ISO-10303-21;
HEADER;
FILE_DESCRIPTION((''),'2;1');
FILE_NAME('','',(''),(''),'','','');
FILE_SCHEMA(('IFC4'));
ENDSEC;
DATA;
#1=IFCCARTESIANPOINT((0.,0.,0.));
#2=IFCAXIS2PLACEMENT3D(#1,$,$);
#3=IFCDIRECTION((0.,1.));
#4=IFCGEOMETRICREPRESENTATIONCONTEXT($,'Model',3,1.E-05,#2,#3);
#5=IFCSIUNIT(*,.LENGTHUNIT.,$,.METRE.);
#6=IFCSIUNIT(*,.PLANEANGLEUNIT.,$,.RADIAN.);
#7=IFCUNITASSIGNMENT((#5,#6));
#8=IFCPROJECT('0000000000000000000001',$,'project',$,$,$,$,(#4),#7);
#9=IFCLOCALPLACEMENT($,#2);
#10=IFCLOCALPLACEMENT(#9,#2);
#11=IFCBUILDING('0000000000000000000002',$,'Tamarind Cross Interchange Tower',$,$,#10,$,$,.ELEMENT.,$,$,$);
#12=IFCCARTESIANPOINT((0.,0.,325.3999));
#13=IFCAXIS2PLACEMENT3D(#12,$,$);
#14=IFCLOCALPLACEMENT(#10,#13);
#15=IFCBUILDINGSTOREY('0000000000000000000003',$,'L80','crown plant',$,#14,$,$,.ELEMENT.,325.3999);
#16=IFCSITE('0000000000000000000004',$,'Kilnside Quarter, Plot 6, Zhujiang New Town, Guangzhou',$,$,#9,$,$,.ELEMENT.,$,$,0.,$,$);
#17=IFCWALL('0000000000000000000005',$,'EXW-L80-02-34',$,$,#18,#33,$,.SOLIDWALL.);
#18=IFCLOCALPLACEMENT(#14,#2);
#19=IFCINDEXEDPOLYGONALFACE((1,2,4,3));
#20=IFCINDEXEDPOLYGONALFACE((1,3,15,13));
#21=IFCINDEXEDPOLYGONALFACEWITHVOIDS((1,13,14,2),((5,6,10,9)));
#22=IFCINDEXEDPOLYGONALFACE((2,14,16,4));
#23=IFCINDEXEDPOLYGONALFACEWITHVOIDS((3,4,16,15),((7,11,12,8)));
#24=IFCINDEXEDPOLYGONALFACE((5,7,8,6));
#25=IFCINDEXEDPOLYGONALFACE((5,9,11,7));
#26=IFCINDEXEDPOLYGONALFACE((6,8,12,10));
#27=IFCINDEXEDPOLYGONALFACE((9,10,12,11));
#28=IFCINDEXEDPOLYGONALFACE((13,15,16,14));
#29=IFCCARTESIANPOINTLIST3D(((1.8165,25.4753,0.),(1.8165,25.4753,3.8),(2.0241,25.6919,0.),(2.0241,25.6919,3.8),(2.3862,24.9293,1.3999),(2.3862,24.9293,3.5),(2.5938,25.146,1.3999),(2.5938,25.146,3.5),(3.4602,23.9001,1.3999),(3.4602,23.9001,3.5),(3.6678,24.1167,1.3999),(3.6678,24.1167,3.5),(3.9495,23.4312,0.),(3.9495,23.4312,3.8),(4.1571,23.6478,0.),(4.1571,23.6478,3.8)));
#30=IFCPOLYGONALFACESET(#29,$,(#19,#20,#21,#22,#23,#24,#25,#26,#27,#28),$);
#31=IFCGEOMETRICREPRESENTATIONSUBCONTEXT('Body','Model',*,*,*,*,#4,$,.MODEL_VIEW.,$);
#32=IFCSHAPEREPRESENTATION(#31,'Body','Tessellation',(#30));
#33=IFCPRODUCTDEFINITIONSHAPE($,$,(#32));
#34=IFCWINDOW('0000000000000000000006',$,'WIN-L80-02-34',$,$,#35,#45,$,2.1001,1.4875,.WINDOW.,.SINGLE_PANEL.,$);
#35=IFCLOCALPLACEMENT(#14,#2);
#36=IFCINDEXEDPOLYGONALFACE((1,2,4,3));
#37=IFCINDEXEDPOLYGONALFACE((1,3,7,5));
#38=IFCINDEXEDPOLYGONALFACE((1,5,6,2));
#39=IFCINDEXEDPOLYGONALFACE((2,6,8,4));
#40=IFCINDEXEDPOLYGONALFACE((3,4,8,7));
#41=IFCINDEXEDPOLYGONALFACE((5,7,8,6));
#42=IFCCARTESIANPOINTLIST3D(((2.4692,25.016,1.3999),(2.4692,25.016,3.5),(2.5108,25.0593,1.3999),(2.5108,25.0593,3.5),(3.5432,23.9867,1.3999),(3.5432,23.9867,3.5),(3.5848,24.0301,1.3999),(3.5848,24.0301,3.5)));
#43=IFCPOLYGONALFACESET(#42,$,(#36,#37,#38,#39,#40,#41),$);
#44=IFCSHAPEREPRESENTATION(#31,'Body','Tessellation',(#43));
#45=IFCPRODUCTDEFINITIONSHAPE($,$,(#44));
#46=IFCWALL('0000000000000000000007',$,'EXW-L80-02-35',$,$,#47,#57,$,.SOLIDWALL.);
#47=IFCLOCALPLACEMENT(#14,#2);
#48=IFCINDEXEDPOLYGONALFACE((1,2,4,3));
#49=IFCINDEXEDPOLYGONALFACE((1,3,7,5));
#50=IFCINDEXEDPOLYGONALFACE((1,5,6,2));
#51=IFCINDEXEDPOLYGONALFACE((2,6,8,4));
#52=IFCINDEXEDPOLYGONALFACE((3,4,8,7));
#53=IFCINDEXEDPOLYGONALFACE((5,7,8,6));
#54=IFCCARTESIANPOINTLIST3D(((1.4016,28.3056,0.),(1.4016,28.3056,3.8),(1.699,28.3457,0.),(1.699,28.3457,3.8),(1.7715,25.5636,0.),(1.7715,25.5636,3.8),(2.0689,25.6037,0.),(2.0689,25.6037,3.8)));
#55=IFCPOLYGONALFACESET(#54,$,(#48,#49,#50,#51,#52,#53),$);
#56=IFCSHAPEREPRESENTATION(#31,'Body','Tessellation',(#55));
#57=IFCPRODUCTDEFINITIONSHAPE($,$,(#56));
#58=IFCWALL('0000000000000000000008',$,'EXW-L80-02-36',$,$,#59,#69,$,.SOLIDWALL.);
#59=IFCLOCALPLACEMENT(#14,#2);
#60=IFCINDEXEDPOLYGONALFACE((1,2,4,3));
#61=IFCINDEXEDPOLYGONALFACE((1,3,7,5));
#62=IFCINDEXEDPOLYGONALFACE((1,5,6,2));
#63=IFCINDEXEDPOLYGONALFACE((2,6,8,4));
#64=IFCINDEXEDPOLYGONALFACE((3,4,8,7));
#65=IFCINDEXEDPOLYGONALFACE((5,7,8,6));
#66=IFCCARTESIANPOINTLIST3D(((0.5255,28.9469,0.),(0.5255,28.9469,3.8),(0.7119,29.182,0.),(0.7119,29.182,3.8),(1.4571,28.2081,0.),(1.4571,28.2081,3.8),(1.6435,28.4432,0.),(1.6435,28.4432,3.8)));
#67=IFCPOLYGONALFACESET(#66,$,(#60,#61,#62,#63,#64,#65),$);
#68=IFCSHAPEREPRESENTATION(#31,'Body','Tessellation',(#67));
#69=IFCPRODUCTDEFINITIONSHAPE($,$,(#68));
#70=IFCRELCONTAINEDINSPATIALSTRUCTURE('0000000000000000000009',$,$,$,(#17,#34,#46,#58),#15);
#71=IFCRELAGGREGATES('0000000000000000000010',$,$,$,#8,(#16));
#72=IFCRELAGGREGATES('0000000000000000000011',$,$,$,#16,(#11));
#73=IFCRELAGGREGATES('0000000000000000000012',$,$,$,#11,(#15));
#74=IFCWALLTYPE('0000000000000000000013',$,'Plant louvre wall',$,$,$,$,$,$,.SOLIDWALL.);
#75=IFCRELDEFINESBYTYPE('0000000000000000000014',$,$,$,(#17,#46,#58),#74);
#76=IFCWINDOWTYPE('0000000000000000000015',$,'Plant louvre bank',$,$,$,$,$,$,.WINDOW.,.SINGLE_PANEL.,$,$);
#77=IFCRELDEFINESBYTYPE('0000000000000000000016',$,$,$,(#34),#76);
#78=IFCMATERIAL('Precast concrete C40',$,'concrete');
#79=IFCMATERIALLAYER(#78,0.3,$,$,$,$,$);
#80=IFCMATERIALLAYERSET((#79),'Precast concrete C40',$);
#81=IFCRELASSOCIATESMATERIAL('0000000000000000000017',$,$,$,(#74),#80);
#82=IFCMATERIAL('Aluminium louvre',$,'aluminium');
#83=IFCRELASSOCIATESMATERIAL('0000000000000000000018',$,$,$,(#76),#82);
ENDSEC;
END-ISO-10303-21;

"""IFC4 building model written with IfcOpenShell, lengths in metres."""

from ifc_helpers import new_model, si_unit, direction, frame, frame_2d, origin, place, context, subcontext, project, spatial, rectangle, extrude, material, layer, layer_set, type_object, element, fill, save


model = new_model("IFC4")

# Units and contexts
model_context = context("Model", 3, precision=1e-05, world=origin(), true_north=direction((0.0, 1.0)))
body_context = subcontext(model_context, "Body", "Model", "MODEL_VIEW")
ifc_project = project(units=[si_unit("LENGTHUNIT", "METRE"), si_unit("PLANEANGLEUNIT", "RADIAN")], contexts=[model_context])

# Site, building, storey
site_placement = place(None, origin())
site = spatial("IfcSite", under=ifc_project, at=site_placement, Name="Kilnside Quarter, Plot 6, Zhujiang New Town, Guangzhou", CompositionType="ELEMENT", RefElevation=0.0)
building_placement = place(site_placement, origin())
building = spatial("IfcBuilding", under=site, at=building_placement, Name="Tamarind Cross Interchange Tower", CompositionType="ELEMENT")
storey_placement = place(building_placement, frame((0.0, 0.0, 325.3999)))
storey = spatial("IfcBuildingStorey", under=building, at=storey_placement, Name="L80", Description="crown plant", CompositionType="ELEMENT", Elevation=325.3999)

# Shared definitions
ifc_material_1 = material(Name="Precast concrete C40", Category="concrete")
ifc_layer_1 = layer(ifc_material_1, 0.3)
ifc_layer_set_1 = layer_set([ifc_layer_1], Name="Precast concrete C40")
wall_type_1 = type_object("IfcWallType", Name="Plant louvre wall", PredefinedType="SOLIDWALL", material=ifc_layer_set_1)
ifc_material_2 = material(Name="Aluminium louvre", Category="aluminium")
window_type = type_object("IfcWindowType", Name="Plant louvre bank", PartitioningType="SINGLE_PANEL", PredefinedType="WINDOW", material=ifc_material_2)

# Wall, opening, window
wall_1_placement = place(storey_placement, frame((4.0532, 23.5396, 0.0), z_axis=(0.0, 0.0, 1.0), x_axis=(-0.721986, 0.691907, 0.0)))
wall_1 = element("IfcWall", 1, at=wall_1_placement, inside=storey, type_object=wall_type_1, Name="EXW-L80-02-34", PredefinedType="SOLIDWALL", context=body_context, shape_type="SweptSolid", body=[
    extrude(rectangle(XDim=2.9543, YDim=0.3, at=frame_2d((1.4771, 0.0))), origin(), (0.0, 0.0, 1.0), 3.8),
])
opening_1_placement = place(wall_1_placement, frame((0.6777, 0.0, 1.3999)))
opening_1 = element("IfcOpeningElement", 2, at=opening_1_placement, cuts=wall_1, PredefinedType="OPENING", context=body_context, shape_type="SweptSolid", body=[
    extrude(rectangle(XDim=1.4875, YDim=2.1001, at=frame_2d((0.7437, 1.05))), frame((0.0, 0.1599, 0.0), z_axis=(0.0, -1.0, 0.0), x_axis=(1.0, 0.0, 0.0)), (0.0, 0.0, 1.0), 0.3201),
])
window_1_placement = place(opening_1_placement, origin())
window_1 = element("IfcWindow", 3, at=window_1_placement, inside=storey, type_object=window_type, Name="WIN-L80-02-34", OverallHeight=2.1001, OverallWidth=1.4875, PartitioningType="SINGLE_PANEL", PredefinedType="WINDOW", context=body_context, shape_type="SweptSolid", body=[
    extrude(rectangle(XDim=1.4875, YDim=2.1001, at=frame_2d((0.7437, 1.05))), frame((0.0, 0.03, 0.0), z_axis=(0.0, -1.0, 0.0), x_axis=(1.0, 0.0, 0.0)), (0.0, 0.0, 1.0), 0.0601),
])
fill(opening_1, window_1)

# Walls
wall_2_placement = place(storey_placement, frame((1.9202, 25.5837, 0.0), z_axis=(0.0, 0.0, 1.0), x_axis=(-0.133684, 0.991024, 0.0)))
element("IfcWall", 4, at=wall_2_placement, inside=storey, type_object=wall_type_1, Name="EXW-L80-02-35", PredefinedType="SOLIDWALL", context=body_context, shape_type="SweptSolid", body=[
    extrude(rectangle(XDim=2.7668, YDim=0.3, at=frame_2d((1.3833, 0.0))), origin(), (0.0, 0.0, 1.0), 3.8),
])
wall_3_placement = place(storey_placement, frame((1.5503, 28.3257, 0.0), z_axis=(0.0, 0.0, 1.0), x_axis=(-0.783546, 0.621334, 0.0)))
element("IfcWall", 5, at=wall_3_placement, inside=storey, type_object=wall_type_1, Name="EXW-L80-02-36", PredefinedType="SOLIDWALL", context=body_context, shape_type="SweptSolid", body=[
    extrude(rectangle(XDim=1.189, YDim=0.3, at=frame_2d((0.5945, 0.0))), origin(), (0.0, 0.0, 1.0), 3.8),
])

save(model, "model.ifc")
